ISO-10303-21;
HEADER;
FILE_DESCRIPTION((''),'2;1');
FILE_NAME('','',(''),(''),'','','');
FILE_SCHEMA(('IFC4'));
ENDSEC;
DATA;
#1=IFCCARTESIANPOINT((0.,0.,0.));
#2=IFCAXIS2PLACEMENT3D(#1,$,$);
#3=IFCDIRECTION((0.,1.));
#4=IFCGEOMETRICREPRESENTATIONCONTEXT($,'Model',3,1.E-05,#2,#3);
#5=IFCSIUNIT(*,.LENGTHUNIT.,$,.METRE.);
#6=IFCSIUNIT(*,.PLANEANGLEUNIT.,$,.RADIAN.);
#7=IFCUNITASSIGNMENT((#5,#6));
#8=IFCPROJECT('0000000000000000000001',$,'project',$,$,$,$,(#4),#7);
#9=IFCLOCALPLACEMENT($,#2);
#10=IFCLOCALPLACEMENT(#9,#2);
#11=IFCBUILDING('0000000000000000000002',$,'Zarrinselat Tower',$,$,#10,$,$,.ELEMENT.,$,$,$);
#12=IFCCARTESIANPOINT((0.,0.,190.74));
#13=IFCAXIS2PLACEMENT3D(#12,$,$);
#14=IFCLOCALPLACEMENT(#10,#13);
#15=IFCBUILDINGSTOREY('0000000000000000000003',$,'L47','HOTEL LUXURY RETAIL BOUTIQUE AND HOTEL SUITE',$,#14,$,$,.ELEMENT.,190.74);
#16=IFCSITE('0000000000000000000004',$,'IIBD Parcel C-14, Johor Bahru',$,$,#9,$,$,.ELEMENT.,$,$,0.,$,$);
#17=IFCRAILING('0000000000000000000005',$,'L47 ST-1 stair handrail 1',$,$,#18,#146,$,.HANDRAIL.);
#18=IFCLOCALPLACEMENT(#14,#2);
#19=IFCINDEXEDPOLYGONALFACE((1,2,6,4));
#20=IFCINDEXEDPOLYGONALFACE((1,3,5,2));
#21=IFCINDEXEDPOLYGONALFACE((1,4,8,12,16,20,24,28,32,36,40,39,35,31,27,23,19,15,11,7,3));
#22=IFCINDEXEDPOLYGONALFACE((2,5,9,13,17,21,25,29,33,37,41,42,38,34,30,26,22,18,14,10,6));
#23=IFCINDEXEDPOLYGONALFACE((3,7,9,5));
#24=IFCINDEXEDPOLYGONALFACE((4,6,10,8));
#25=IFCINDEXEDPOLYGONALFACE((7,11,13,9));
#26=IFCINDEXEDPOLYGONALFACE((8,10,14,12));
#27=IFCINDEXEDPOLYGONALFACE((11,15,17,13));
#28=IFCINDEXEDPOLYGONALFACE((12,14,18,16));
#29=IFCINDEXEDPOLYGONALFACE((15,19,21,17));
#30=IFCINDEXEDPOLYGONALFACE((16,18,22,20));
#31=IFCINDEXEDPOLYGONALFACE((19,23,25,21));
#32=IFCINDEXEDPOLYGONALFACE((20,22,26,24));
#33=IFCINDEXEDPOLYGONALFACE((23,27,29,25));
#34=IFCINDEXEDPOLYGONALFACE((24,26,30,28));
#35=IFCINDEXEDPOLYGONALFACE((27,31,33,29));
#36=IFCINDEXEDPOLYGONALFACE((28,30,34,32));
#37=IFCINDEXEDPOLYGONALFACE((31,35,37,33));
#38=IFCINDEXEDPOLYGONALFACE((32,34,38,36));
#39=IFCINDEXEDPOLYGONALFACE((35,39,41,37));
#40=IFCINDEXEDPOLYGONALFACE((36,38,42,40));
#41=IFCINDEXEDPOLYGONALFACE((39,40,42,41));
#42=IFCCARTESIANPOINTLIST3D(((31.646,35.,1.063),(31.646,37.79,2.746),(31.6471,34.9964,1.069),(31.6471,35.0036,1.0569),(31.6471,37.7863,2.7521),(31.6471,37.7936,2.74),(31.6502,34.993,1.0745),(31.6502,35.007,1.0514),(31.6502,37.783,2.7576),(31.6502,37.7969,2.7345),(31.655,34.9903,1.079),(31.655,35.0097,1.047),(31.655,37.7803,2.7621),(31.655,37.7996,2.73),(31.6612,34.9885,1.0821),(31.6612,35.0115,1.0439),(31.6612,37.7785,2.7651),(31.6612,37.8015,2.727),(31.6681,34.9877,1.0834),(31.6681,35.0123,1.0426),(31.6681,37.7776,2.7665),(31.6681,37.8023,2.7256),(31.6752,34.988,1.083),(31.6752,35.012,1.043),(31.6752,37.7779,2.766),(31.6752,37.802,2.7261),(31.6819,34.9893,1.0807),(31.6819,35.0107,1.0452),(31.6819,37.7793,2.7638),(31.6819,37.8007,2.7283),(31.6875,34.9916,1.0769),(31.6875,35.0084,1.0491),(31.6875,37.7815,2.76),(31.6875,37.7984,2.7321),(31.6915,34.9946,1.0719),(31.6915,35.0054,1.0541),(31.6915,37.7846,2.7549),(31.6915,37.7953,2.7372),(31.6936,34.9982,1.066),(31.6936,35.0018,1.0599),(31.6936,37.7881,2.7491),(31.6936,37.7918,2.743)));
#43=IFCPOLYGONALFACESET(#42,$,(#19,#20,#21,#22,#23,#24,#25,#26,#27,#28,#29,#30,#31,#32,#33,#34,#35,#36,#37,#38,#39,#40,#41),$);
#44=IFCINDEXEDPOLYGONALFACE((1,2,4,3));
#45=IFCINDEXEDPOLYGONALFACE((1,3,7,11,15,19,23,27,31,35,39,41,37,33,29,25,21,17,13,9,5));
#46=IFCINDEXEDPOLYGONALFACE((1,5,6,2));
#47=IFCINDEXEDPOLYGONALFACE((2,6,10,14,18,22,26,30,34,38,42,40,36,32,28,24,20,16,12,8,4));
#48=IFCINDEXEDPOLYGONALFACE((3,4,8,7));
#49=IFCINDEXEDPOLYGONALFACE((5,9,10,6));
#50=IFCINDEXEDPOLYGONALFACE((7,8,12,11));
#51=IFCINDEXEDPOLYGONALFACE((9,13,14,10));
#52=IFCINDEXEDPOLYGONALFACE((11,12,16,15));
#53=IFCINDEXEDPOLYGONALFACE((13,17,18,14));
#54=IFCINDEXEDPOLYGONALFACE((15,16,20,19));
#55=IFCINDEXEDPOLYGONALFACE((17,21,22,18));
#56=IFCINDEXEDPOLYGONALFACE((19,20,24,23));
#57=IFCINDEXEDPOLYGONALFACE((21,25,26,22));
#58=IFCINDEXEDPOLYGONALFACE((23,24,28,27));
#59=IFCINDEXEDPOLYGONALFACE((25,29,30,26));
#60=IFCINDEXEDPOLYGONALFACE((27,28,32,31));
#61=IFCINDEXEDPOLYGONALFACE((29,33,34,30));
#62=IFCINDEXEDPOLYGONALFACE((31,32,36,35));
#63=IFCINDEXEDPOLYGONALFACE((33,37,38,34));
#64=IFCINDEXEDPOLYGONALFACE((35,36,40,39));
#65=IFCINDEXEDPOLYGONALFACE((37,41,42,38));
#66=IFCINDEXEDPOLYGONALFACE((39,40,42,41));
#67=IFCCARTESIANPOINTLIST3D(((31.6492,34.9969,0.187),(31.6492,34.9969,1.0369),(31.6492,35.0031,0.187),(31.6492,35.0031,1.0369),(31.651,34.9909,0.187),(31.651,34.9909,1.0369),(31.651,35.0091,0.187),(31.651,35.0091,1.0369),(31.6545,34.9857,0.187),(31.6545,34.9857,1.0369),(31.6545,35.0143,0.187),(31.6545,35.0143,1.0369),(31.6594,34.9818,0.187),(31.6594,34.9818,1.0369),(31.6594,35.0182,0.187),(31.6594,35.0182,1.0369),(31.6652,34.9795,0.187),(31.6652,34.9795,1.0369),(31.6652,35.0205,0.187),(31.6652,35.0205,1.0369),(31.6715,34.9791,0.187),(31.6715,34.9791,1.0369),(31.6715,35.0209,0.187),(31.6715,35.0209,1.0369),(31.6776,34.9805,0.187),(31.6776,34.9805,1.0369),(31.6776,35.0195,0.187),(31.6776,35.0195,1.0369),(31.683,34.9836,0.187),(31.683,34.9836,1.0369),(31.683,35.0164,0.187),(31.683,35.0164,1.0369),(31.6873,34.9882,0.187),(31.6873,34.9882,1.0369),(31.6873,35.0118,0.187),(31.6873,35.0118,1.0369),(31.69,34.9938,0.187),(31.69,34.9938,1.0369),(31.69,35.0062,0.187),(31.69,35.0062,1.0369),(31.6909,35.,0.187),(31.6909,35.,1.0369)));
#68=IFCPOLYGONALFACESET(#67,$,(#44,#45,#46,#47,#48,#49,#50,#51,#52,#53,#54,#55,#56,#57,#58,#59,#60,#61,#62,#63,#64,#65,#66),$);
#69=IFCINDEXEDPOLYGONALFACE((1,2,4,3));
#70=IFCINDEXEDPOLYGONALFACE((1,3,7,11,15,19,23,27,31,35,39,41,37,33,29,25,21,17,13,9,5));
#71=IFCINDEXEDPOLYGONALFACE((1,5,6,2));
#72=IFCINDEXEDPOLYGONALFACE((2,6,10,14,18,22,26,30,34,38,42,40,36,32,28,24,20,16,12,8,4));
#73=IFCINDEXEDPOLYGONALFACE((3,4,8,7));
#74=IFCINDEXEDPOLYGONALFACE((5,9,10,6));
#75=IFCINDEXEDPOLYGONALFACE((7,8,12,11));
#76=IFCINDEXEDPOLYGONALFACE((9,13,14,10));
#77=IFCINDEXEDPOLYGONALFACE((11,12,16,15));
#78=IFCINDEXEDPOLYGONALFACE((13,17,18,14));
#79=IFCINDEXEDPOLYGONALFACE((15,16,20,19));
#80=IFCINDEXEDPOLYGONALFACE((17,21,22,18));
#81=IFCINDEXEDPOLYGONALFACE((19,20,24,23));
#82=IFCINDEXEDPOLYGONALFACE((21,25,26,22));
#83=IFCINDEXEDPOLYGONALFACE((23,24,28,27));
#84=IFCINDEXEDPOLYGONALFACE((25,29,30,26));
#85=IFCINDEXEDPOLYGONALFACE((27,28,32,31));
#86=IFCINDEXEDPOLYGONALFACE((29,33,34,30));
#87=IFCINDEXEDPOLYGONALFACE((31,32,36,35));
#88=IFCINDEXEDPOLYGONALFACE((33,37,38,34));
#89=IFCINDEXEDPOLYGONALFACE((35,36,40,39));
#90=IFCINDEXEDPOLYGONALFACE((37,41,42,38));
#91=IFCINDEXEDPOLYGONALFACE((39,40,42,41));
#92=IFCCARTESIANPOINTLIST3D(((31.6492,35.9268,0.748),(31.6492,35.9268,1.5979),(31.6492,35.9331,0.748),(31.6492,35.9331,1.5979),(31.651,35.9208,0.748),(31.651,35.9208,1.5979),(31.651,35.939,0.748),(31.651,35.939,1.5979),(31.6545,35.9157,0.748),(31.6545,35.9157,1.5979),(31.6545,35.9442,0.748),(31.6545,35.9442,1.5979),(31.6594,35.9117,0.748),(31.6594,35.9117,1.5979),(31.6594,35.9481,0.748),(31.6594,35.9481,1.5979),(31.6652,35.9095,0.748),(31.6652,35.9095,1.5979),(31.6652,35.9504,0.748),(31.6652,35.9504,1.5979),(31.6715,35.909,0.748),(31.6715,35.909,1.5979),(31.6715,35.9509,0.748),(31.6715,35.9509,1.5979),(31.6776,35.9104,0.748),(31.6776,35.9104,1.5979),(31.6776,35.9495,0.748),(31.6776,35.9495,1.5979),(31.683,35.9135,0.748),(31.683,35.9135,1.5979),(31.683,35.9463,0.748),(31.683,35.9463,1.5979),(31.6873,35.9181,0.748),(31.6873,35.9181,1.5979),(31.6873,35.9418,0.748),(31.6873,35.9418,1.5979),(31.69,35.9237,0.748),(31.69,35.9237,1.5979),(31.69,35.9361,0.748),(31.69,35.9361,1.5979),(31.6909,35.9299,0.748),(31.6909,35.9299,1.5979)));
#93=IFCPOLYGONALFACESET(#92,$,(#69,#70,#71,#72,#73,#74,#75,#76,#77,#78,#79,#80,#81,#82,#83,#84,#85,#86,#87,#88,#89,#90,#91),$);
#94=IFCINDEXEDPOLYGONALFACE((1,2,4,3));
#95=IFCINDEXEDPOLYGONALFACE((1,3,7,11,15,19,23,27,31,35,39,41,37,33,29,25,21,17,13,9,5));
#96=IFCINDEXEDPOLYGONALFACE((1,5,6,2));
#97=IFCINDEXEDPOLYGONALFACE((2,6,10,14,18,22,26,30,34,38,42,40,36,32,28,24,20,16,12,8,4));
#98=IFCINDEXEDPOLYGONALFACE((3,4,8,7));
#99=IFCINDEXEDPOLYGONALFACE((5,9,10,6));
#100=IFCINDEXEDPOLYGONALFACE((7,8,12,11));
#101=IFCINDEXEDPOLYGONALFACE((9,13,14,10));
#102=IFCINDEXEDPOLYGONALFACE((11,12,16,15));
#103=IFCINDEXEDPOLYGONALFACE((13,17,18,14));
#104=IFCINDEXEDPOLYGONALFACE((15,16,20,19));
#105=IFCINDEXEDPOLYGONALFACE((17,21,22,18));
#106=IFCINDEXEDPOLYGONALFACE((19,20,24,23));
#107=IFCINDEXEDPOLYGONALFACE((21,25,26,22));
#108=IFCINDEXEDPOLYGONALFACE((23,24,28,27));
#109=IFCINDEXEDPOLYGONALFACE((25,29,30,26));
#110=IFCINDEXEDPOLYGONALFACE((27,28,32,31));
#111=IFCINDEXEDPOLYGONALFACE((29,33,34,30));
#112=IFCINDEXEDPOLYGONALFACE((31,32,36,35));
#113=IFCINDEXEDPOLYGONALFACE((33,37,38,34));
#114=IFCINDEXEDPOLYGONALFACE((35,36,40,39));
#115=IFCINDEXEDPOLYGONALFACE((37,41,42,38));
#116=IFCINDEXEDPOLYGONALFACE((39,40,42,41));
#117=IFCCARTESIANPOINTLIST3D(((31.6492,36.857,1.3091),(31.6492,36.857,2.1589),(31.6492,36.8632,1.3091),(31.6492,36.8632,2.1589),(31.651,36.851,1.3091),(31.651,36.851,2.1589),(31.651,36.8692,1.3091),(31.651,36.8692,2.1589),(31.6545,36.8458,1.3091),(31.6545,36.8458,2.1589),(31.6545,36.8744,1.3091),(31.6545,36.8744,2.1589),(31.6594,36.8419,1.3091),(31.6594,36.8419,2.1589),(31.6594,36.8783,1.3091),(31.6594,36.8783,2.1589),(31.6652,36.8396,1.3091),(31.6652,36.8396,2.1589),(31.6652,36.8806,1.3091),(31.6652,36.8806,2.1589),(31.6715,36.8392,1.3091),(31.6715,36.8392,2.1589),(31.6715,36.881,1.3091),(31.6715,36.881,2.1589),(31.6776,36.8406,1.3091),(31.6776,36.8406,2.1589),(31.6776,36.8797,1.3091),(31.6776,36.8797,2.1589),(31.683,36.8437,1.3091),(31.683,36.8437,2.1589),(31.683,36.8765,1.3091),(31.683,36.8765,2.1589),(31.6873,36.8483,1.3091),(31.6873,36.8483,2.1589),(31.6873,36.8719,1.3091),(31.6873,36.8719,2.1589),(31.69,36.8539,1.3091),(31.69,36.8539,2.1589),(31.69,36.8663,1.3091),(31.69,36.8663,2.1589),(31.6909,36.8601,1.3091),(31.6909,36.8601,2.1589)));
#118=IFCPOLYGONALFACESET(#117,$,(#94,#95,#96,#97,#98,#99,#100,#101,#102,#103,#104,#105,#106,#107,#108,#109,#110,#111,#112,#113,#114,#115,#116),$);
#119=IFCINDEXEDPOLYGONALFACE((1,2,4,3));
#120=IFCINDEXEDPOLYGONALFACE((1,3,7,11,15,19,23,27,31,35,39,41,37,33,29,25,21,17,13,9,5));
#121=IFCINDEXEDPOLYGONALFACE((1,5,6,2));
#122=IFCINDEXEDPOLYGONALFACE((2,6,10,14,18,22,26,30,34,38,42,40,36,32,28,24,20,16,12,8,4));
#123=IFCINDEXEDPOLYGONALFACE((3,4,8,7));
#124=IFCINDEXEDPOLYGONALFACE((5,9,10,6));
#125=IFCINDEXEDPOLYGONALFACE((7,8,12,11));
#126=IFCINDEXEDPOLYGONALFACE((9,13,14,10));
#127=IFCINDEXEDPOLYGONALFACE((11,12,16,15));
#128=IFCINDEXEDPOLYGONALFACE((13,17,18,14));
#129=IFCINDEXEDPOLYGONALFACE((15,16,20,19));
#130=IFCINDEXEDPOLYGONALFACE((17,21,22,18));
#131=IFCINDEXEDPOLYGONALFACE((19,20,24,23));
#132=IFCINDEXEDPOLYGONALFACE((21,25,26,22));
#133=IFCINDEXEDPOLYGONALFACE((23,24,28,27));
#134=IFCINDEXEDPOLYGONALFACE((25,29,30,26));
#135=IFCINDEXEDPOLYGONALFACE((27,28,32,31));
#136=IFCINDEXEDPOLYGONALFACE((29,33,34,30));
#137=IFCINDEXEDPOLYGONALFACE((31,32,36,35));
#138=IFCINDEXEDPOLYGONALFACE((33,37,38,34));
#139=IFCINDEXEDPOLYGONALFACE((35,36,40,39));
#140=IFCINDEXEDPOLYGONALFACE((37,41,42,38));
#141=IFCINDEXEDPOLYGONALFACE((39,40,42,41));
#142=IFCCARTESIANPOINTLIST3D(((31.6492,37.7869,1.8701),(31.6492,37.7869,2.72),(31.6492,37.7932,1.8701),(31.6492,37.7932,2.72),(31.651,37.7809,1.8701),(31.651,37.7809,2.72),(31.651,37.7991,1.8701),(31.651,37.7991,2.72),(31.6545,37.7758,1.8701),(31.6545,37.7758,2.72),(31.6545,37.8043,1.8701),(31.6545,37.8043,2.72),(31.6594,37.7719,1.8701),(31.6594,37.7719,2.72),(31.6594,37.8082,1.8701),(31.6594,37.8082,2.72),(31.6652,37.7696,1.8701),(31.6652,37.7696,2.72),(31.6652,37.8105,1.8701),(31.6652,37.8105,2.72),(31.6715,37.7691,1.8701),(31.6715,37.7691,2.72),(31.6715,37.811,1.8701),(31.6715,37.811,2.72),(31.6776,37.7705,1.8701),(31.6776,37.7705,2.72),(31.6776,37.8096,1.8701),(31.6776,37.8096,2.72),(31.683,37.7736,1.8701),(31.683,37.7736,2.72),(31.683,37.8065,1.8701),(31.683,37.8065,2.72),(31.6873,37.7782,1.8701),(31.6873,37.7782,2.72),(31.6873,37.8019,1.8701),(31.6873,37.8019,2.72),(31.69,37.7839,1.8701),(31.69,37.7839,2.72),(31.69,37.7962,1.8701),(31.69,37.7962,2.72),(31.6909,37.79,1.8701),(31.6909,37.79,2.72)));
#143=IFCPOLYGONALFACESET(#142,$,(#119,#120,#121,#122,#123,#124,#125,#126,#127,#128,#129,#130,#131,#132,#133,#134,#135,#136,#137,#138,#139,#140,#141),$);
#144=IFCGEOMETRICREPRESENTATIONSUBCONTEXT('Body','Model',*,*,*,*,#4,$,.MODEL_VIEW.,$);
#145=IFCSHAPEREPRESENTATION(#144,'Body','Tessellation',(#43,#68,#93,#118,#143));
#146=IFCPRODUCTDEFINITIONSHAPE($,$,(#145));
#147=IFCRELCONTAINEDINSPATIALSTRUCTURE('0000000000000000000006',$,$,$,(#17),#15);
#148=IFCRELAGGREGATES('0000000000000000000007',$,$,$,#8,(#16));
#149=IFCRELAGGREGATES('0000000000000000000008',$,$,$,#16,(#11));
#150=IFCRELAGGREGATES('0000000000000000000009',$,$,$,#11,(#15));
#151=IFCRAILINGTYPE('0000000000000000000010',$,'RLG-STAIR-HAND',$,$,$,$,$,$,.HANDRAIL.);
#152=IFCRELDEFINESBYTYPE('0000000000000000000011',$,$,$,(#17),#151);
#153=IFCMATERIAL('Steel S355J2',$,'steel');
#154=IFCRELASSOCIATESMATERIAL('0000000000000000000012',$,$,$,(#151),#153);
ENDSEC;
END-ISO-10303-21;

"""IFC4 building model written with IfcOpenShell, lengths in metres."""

from ifc_helpers import new_model, si_unit, direction, frame, origin, origin_2d, place, context, subcontext, project, spatial, circle, extrude, material, type_object, element, save


model = new_model("IFC4")

# Units and contexts
model_context = context("Model", 3, precision=1e-05, world=origin(), true_north=direction((0.0, 1.0)))
body_context = subcontext(model_context, "Body", "Model", "MODEL_VIEW")
ifc_project = project(units=[si_unit("LENGTHUNIT", "METRE"), si_unit("PLANEANGLEUNIT", "RADIAN")], contexts=[model_context])

# Site, building, storey
site_placement = place(None, origin())
site = spatial("IfcSite", under=ifc_project, at=site_placement, Name="IIBD Parcel C-14, Johor Bahru", CompositionType="ELEMENT", RefElevation=0.0)
building_placement = place(site_placement, origin())
building = spatial("IfcBuilding", under=site, at=building_placement, Name="Zarrinselat Tower", CompositionType="ELEMENT")
storey_placement = place(building_placement, frame((0.0, 0.0, 190.74)))
storey = spatial("IfcBuildingStorey", under=building, at=storey_placement, Name="L47", Description="HOTEL LUXURY RETAIL BOUTIQUE AND HOTEL SUITE", CompositionType="ELEMENT", Elevation=190.74)

# Railing
ifc_material_1 = material(Name="Steel S355J2", Category="steel")
railing_type_1 = type_object("IfcRailingType", Name="RLG-STAIR-HAND", PredefinedType="HANDRAIL", material=ifc_material_1)
railing_1_placement = place(storey_placement, frame((31.6699, 35.0, 0.187)))
element("IfcRailing", 1, at=railing_1_placement, inside=storey, type_object=railing_type_1, Name="L47 ST-1 stair handrail 1", PredefinedType="HANDRAIL", context=body_context, shape_type="SweptSolid", body=[
    extrude(circle(Radius=0.0239, at=origin_2d()), frame((0.0, 0.0, 0.876), z_axis=(0.0, 0.856261, 0.516544), x_axis=(-1.0, 0.0, 0.0)), (0.0, 0.0, 1.0), 3.2583),
    extrude(circle(Radius=0.021, at=origin_2d()), origin(), (0.0, 0.0, 1.0), 0.8499),
    extrude(circle(Radius=0.021, at=origin_2d()), frame((0.0, 0.9299, 0.561)), (0.0, 0.0, 1.0), 0.8499),
    extrude(circle(Radius=0.021, at=origin_2d()), frame((0.0, 1.8601, 1.1221)), (0.0, 0.0, 1.0), 0.8499),
    extrude(circle(Radius=0.021, at=origin_2d()), frame((0.0, 2.79, 1.6831)), (0.0, 0.0, 1.0), 0.8499),
])

save(model, "model.ifc")
